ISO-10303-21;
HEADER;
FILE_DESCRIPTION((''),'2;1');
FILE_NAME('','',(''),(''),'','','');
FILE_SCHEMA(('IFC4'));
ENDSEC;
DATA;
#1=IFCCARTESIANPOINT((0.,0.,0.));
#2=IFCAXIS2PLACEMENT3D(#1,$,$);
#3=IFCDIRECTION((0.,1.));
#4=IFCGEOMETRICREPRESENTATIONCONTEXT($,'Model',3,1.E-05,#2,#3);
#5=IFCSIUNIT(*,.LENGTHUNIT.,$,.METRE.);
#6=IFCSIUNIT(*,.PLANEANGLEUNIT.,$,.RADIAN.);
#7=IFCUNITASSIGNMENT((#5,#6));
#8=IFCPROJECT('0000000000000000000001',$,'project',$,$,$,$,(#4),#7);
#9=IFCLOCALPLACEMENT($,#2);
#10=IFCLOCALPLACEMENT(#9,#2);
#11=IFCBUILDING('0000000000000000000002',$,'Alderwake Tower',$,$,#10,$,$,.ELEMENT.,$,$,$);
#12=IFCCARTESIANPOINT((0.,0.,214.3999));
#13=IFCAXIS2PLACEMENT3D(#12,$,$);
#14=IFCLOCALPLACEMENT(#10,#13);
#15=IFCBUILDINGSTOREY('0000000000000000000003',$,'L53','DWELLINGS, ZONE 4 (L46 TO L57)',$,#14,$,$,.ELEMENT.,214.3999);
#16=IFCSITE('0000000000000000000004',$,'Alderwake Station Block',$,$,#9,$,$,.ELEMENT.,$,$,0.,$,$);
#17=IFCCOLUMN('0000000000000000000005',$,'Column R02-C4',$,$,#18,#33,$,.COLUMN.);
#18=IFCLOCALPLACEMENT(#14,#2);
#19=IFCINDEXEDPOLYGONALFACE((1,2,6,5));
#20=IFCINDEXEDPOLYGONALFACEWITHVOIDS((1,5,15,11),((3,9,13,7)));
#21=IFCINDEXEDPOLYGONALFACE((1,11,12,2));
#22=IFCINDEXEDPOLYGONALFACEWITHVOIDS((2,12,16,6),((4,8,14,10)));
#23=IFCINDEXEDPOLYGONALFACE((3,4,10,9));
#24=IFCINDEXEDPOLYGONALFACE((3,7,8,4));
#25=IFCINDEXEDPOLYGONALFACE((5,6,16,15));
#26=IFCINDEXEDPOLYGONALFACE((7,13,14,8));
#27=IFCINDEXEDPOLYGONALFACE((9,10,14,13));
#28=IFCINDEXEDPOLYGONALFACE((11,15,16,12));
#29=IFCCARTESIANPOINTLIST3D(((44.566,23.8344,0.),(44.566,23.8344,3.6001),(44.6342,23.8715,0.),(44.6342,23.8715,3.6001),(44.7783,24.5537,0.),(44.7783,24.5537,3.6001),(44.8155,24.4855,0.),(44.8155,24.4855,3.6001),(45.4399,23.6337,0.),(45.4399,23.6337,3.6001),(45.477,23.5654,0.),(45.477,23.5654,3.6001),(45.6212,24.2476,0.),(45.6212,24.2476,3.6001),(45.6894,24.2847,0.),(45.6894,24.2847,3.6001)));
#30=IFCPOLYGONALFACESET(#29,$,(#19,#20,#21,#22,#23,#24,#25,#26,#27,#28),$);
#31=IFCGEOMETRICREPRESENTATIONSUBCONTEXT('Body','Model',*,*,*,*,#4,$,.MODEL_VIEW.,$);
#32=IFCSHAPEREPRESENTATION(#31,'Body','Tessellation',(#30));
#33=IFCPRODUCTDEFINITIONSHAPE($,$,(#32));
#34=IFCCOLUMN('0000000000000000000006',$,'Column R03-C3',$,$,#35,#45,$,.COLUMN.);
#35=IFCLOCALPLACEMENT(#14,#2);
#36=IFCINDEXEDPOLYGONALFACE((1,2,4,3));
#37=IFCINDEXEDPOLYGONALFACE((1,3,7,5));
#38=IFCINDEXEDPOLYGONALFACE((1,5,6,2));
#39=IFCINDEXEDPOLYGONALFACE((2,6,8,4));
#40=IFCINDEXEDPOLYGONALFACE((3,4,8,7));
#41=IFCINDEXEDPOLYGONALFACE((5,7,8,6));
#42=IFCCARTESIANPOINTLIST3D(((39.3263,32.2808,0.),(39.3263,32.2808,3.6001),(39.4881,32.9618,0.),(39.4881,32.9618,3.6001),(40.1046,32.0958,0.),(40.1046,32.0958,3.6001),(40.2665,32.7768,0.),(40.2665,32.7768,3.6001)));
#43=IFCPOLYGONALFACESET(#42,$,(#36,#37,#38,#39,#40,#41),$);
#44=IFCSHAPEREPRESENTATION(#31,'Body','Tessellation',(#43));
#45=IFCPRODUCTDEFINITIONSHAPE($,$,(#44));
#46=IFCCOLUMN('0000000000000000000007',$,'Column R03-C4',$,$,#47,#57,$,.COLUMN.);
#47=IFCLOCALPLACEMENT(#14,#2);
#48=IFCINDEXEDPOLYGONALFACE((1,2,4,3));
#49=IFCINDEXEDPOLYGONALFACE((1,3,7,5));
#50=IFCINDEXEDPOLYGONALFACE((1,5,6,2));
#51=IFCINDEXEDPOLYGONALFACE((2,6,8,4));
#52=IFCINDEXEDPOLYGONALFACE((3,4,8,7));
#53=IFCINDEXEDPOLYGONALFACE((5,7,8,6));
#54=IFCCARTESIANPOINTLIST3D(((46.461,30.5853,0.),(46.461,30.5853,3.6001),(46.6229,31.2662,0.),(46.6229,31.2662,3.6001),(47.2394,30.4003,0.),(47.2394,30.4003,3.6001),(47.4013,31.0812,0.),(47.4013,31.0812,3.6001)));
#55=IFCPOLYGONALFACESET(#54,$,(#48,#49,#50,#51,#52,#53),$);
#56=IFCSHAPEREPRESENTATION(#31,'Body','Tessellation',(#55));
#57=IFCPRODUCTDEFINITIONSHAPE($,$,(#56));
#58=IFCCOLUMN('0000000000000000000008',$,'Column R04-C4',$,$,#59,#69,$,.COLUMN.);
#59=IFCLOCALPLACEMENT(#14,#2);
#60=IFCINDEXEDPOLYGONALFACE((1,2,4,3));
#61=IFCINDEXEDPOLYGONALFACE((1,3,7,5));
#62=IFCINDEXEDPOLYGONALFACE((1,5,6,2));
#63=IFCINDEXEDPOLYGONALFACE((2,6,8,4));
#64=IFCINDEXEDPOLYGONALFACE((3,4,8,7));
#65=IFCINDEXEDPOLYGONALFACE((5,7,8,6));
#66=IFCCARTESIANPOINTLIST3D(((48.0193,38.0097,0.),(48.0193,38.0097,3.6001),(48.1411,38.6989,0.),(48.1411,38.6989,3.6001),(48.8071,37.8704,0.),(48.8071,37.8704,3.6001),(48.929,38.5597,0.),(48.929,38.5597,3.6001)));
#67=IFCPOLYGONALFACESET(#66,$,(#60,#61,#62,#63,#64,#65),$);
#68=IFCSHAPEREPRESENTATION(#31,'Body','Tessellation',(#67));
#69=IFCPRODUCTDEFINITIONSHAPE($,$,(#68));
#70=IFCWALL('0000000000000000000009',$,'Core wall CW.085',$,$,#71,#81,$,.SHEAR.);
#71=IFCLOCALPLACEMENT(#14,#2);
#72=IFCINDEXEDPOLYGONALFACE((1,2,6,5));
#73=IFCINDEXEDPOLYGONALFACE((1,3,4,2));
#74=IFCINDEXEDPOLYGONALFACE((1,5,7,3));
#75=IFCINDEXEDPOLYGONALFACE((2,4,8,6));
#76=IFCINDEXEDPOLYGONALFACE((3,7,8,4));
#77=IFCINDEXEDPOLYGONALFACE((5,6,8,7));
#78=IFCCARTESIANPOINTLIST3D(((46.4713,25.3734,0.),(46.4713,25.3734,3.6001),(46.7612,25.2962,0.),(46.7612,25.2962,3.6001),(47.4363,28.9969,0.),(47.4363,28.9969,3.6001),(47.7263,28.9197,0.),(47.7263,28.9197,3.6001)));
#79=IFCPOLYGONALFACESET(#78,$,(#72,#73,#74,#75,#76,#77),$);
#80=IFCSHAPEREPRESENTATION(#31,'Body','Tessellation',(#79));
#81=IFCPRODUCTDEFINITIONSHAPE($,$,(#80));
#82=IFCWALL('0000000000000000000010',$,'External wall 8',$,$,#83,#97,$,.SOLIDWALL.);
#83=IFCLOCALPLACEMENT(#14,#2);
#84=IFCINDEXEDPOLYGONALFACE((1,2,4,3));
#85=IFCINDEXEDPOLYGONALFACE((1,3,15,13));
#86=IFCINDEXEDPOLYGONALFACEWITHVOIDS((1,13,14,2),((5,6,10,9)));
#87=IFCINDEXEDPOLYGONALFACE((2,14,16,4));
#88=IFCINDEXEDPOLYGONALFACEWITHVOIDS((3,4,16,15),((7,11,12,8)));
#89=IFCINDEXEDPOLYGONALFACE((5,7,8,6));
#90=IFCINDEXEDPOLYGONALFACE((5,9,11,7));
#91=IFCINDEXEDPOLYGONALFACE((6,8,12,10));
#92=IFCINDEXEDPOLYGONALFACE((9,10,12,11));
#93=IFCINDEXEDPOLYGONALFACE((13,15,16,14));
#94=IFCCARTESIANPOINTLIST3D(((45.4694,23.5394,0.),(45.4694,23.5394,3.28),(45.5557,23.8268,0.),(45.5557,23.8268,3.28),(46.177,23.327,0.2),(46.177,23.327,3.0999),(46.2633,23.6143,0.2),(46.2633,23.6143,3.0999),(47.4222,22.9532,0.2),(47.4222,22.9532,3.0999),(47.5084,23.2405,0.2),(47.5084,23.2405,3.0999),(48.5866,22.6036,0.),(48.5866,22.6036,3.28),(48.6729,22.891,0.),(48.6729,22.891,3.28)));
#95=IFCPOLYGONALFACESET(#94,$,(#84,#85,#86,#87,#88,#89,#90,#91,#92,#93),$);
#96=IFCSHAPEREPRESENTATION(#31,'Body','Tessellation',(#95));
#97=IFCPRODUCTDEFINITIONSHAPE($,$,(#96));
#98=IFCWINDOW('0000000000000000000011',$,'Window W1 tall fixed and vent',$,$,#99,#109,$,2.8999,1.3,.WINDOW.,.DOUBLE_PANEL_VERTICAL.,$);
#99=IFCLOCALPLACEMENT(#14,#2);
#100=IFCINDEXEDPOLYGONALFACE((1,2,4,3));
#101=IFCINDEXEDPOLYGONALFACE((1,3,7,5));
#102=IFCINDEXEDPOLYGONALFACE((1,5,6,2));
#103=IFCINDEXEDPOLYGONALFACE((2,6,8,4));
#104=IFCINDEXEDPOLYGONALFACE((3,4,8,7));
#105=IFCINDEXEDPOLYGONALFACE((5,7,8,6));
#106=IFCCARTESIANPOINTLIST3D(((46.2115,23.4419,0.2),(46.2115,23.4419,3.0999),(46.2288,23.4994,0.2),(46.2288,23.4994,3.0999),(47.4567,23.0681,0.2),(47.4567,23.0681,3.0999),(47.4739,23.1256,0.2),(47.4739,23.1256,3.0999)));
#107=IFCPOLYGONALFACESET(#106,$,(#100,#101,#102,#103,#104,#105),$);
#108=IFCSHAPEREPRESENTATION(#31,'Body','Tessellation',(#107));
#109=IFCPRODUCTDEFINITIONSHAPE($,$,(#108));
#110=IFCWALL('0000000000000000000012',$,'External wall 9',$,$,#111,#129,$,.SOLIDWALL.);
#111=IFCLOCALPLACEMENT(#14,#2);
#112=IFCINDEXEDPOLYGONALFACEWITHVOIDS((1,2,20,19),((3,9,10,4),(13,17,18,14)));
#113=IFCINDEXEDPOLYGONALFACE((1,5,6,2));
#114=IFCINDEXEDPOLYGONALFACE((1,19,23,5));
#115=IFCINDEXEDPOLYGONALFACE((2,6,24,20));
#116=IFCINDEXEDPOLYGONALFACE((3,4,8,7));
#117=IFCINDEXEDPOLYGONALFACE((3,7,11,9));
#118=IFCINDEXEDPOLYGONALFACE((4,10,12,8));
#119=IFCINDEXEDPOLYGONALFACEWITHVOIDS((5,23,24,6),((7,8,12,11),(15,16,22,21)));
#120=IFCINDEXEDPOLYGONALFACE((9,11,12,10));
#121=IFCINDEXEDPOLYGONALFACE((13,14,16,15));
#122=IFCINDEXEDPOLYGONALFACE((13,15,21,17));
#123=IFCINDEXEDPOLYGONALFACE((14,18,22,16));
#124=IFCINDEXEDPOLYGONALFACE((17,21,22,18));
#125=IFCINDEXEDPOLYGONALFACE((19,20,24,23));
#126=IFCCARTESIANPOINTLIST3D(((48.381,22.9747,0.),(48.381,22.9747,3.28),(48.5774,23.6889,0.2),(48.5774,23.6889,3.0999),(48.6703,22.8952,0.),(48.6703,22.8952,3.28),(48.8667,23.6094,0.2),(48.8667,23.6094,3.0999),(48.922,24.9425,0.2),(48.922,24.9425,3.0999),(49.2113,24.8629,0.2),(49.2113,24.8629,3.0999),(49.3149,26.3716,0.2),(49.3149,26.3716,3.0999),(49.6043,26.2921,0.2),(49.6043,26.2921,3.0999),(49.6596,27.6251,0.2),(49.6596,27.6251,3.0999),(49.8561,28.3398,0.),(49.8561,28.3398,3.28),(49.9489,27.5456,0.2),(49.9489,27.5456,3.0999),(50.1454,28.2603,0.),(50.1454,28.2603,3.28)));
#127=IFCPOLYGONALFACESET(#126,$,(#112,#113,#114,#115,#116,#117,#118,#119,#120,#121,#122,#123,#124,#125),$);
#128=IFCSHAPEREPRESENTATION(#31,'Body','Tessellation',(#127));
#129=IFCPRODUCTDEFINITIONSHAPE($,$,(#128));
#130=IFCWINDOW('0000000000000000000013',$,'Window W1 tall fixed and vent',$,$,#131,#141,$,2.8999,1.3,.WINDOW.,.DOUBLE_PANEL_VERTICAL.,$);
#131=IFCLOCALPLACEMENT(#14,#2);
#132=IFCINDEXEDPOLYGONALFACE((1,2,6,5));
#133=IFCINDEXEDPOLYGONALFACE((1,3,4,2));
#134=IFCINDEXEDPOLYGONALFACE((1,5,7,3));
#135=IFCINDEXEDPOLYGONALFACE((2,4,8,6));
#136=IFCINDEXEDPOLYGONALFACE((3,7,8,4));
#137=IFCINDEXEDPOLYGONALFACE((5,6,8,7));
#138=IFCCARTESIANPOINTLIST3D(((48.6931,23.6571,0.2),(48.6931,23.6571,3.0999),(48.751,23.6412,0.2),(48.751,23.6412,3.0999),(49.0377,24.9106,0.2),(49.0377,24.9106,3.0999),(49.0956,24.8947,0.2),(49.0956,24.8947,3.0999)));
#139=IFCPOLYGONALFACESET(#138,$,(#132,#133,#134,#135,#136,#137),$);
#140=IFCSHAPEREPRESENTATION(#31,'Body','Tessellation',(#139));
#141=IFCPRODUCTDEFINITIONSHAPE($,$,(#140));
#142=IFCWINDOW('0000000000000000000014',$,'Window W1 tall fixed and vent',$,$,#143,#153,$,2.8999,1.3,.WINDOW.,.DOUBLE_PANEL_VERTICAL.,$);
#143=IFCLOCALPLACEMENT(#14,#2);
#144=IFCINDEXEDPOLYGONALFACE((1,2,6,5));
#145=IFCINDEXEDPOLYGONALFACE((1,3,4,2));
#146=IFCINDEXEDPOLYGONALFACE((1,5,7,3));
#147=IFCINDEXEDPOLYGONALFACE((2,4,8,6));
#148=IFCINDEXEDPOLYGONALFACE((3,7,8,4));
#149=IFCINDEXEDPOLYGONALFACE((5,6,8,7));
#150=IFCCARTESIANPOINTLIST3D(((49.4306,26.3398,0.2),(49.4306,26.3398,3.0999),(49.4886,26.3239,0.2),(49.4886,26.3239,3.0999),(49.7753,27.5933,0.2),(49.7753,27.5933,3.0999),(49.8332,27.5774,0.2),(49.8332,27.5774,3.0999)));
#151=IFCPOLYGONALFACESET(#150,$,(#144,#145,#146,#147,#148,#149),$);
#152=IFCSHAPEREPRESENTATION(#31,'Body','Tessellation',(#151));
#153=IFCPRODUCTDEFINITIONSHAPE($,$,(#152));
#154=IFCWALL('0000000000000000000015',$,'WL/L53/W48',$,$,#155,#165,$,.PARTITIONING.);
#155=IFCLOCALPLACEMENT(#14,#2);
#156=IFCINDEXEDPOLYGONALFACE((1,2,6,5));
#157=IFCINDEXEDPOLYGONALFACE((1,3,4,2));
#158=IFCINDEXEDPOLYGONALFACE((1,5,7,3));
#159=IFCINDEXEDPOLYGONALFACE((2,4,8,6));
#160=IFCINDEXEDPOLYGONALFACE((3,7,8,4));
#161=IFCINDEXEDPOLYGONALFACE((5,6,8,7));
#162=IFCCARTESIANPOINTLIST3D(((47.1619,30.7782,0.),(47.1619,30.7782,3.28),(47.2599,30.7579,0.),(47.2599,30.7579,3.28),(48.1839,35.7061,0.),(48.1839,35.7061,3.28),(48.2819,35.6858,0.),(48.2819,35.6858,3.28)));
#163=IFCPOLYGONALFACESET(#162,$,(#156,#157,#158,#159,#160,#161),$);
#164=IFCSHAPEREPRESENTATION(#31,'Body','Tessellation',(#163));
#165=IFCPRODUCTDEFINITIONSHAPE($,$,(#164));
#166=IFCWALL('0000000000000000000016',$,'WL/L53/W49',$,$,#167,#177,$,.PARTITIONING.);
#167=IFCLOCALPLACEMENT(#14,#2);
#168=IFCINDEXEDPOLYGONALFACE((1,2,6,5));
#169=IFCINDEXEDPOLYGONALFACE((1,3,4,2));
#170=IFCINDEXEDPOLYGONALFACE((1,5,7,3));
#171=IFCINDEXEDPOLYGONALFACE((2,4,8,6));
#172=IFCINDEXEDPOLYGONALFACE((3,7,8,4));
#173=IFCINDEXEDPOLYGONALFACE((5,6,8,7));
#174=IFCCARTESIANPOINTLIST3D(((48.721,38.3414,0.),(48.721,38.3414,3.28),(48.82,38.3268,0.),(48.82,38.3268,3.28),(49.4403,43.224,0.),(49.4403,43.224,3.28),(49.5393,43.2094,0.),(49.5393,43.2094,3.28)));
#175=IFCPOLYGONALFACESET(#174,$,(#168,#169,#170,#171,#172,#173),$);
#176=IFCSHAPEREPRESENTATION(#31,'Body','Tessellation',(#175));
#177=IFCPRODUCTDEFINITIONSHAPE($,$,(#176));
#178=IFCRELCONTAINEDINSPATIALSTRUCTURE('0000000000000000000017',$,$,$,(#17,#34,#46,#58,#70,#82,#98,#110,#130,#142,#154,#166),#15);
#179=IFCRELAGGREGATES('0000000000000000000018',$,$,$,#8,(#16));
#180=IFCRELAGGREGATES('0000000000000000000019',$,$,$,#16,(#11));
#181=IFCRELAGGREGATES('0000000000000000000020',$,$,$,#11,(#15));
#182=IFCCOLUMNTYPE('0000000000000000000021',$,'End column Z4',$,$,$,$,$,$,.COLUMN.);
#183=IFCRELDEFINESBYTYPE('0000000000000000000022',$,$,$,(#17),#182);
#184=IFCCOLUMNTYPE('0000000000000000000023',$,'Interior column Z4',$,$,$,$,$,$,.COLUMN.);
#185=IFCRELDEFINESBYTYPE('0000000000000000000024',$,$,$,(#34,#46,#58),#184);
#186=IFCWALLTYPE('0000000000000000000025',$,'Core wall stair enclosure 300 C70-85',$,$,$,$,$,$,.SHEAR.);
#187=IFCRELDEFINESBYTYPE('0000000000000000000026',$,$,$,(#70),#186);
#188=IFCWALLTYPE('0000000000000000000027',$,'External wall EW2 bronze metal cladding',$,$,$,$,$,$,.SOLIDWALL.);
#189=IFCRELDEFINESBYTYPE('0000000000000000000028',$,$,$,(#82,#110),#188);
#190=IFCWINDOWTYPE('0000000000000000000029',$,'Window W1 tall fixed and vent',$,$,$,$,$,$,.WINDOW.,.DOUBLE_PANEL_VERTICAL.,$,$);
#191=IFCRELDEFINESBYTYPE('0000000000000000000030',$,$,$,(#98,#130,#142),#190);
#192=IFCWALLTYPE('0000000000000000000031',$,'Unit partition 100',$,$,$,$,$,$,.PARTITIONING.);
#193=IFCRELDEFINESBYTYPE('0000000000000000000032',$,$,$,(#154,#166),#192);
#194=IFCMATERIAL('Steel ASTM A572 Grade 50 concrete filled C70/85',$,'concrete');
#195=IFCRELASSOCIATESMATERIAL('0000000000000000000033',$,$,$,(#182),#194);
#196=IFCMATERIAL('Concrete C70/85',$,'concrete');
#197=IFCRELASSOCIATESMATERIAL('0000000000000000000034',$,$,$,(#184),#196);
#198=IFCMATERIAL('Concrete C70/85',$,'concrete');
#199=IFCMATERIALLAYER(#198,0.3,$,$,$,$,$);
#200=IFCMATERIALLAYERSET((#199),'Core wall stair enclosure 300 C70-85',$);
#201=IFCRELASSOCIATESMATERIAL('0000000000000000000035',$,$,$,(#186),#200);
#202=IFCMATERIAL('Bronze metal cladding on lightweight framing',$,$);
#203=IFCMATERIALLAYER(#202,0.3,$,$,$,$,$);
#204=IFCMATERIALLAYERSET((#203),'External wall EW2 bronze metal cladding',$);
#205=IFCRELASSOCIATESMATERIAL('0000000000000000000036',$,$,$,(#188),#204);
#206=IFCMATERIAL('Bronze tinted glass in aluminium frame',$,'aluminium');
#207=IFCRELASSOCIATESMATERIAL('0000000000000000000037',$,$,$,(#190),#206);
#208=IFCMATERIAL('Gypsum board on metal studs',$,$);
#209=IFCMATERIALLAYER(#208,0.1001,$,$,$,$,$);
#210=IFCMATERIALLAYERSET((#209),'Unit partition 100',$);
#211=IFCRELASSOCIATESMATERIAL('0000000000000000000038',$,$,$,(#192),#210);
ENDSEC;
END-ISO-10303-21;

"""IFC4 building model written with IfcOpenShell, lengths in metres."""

from ifc_helpers import new_model, si_unit, direction, frame, frame_2d, origin, origin_2d, place, context, subcontext, project, spatial, rectangle, hollow_rectangle, extrude, material, layer, layer_set, material_profile, profile_set, type_object, element, fill, save


model = new_model("IFC4")

# Units and contexts
model_context = context("Model", 3, precision=1e-05, world=origin(), true_north=direction((0.0, 1.0)))
body_context = subcontext(model_context, "Body", "Model", "MODEL_VIEW")
ifc_project = project(units=[si_unit("LENGTHUNIT", "METRE"), si_unit("PLANEANGLEUNIT", "RADIAN")], contexts=[model_context])

# Site, building, storey
site_placement = place(None, origin())
site = spatial("IfcSite", under=ifc_project, at=site_placement, Name="Alderwake Station Block", CompositionType="ELEMENT", RefElevation=0.0)
building_placement = place(site_placement, origin())
building = spatial("IfcBuilding", under=site, at=building_placement, Name="Alderwake Tower", CompositionType="ELEMENT")
storey_placement = place(building_placement, frame((0.0, 0.0, 214.3999)))
storey = spatial("IfcBuildingStorey", under=building, at=storey_placement, Name="L53", Description="DWELLINGS, ZONE 4 (L46 TO L57)", CompositionType="ELEMENT", Elevation=214.3999)

# Columns
ifc_material_1 = material(Name="Steel ASTM A572 Grade 50 concrete filled C70/85", Category="concrete")
ifc_material_profile_1 = material_profile(ifc_material_1, hollow_rectangle(XDim=0.75, YDim=0.95, WallThickness=0.0549, at=origin_2d()), Name="BOX 950X750X55")
ifc_profile_set_1 = profile_set([ifc_material_profile_1], Name="Steel ASTM A572 Grade 50 concrete filled C70/85")
column_type_1 = type_object("IfcColumnType", Name="End column Z4", PredefinedType="COLUMN", material=ifc_profile_set_1)
column_placement = place(storey_placement, frame((45.1277, 24.0596, 0.0), z_axis=(0.0, 0.0, 1.0), x_axis=(0.283142, 0.959078, 0.0)))
element("IfcColumn", 1, at=column_placement, inside=storey, type_object=column_type_1, Name="Column R02-C4", PredefinedType="COLUMN", context=body_context, shape_type="SweptSolid", body=[
    extrude(hollow_rectangle(XDim=0.75, YDim=0.95, WallThickness=0.0549, at=origin_2d()), origin(), (0.0, 0.0, 1.0), 3.6001),
])
ifc_material_2 = material(Name="Concrete C70/85", Category="concrete")
ifc_material_profile_2 = material_profile(ifc_material_2, rectangle(XDim=0.7, YDim=0.8, at=origin_2d()), Name="RC 800X700")
ifc_profile_set_2 = profile_set([ifc_material_profile_2], Name="Concrete C70/85")
column_type_2 = type_object("IfcColumnType", Name="Interior column Z4", PredefinedType="COLUMN", material=ifc_profile_set_2)
for number, where, z_axis, x_axis, name in (
    (2, (39.7964, 32.5288, 0.0), (0.0, 0.0, 1.0), (0.231222, 0.972901, 0.0), "Column R03-C3"),
    (3, (46.9312, 30.8333, 0.0), (0.0, 0.0, 1.0), (0.231222, 0.972901, 0.0), "Column R03-C4"),
    (4, (48.4741, 38.2847, 0.0), (0.0, 0.0, 1.0), (0.174109, 0.984726, 0.0), "Column R04-C4"),
):
    element("IfcColumn", number, at=place(storey_placement, frame(where, z_axis=z_axis, x_axis=x_axis)), inside=storey, type_object=column_type_2, Name=name, PredefinedType="COLUMN", context=body_context, shape_type="SweptSolid", body=[
        extrude(rectangle(XDim=0.7, YDim=0.8, at=origin_2d()), origin(), (0.0, 0.0, 1.0), 3.6001),
    ])

# Wall
ifc_material_3 = material(Name="Concrete C70/85", Category="concrete")
ifc_layer_1 = layer(ifc_material_3, 0.3)
ifc_layer_set_1 = layer_set([ifc_layer_1], Name="Core wall stair enclosure 300 C70-85")
wall_type_1 = type_object("IfcWallType", Name="Core wall stair enclosure 300 C70-85", PredefinedType="SHEAR", material=ifc_layer_set_1)
wall_1_placement = place(storey_placement, frame((46.6162, 25.3347, 0.0), z_axis=(0.0, 0.0, 1.0), x_axis=(0.257367, 0.966314, 0.0)))
element("IfcWall", 5, at=wall_1_placement, inside=storey, type_object=wall_type_1, Name="Core wall CW.085", PredefinedType="SHEAR", context=body_context, shape_type="SweptSolid", body=[
    extrude(rectangle(XDim=3.7498, YDim=0.3, at=frame_2d((1.875, 0.0))), origin(), (0.0, 0.0, 1.0), 3.6001),
])

# Wall, opening, window
ifc_material_4 = material(Name="Bronze metal cladding on lightweight framing")
ifc_layer_2 = layer(ifc_material_4, 0.3)
ifc_layer_set_2 = layer_set([ifc_layer_2], Name="External wall EW2 bronze metal cladding")
wall_type_2 = type_object("IfcWallType", Name="External wall EW2 bronze metal cladding", PredefinedType="SOLIDWALL", material=ifc_layer_set_2)
wall_2_placement = place(storey_placement, frame((45.5125, 23.6831, 0.0), z_axis=(0.0, 0.0, 1.0), x_axis=(0.957773, -0.287527, 0.0)))
wall_2 = element("IfcWall", 6, at=wall_2_placement, inside=storey, type_object=wall_type_2, Name="External wall 8", PredefinedType="SOLIDWALL", context=body_context, shape_type="SweptSolid", body=[
    extrude(rectangle(XDim=3.2546, YDim=0.3, at=frame_2d((1.6274, 0.0))), origin(), (0.0, 0.0, 1.0), 3.28),
])
opening_1_placement = place(wall_2_placement, frame((0.739, 0.0, 0.2)))
opening_1 = element("IfcOpeningElement", 7, at=opening_1_placement, cuts=wall_2, PredefinedType="OPENING", context=body_context, shape_type="SweptSolid", body=[
    extrude(rectangle(XDim=1.3, YDim=2.8999, at=frame_2d((0.6499, 1.45))), frame((0.0, 0.1599, 0.0), z_axis=(0.0, -1.0, 0.0), x_axis=(1.0, 0.0, 0.0)), (0.0, 0.0, 1.0), 0.3201),
])
ifc_material_5 = material(Name="Bronze tinted glass in aluminium frame", Category="aluminium")
window_type = type_object("IfcWindowType", Name="Window W1 tall fixed and vent", PartitioningType="DOUBLE_PANEL_VERTICAL", PredefinedType="WINDOW", material=ifc_material_5)
window_1_placement = place(opening_1_placement, origin())
window_1 = element("IfcWindow", 8, at=window_1_placement, inside=storey, type_object=window_type, Name="Window W1 tall fixed and vent", OverallHeight=2.8999, OverallWidth=1.3, PartitioningType="DOUBLE_PANEL_VERTICAL", PredefinedType="WINDOW", context=body_context, shape_type="SweptSolid", body=[
    extrude(rectangle(XDim=1.3, YDim=2.8999, at=frame_2d((0.6499, 1.45))), frame((0.0, 0.03, 0.0), z_axis=(0.0, -1.0, 0.0), x_axis=(1.0, 0.0, 0.0)), (0.0, 0.0, 1.0), 0.0601),
])
fill(opening_1, window_1)

# Wall, openings, windows
wall_3_placement = place(storey_placement, frame((48.5256, 22.9348, 0.0), z_axis=(0.0, 0.0, 1.0), x_axis=(0.265099, 0.964221, 0.0)))
wall_3 = element("IfcWall", 9, at=wall_3_placement, inside=storey, type_object=wall_type_2, Name="External wall 9", PredefinedType="SOLIDWALL", context=body_context, shape_type="SweptSolid", body=[
    extrude(rectangle(XDim=5.5642, YDim=0.3, at=frame_2d((2.7822, 0.0))), origin(), (0.0, 0.0, 1.0), 3.28),
])
opening_2_placement = place(wall_3_placement, frame((0.741, 0.0, 0.2)))
opening_2 = element("IfcOpeningElement", 10, at=opening_2_placement, cuts=wall_3, PredefinedType="OPENING", context=body_context, shape_type="SweptSolid", body=[
    extrude(rectangle(XDim=1.3, YDim=2.8999, at=frame_2d((0.6499, 1.45))), frame((0.0, 0.1599, 0.0), z_axis=(0.0, -1.0, 0.0), x_axis=(1.0, 0.0, 0.0)), (0.0, 0.0, 1.0), 0.3201),
])
opening_3_placement = place(wall_3_placement, frame((3.5232, 0.0, 0.2)))
opening_3 = element("IfcOpeningElement", 11, at=opening_3_placement, cuts=wall_3, PredefinedType="OPENING", context=body_context, shape_type="SweptSolid", body=[
    extrude(rectangle(XDim=1.3, YDim=2.8999, at=frame_2d((0.6499, 1.45))), frame((0.0, 0.1599, 0.0), z_axis=(0.0, -1.0, 0.0), x_axis=(1.0, 0.0, 0.0)), (0.0, 0.0, 1.0), 0.3201),
])
window_2_placement = place(opening_2_placement, origin())
window_2 = element("IfcWindow", 12, at=window_2_placement, inside=storey, type_object=window_type, Name="Window W1 tall fixed and vent", OverallHeight=2.8999, OverallWidth=1.3, PartitioningType="DOUBLE_PANEL_VERTICAL", PredefinedType="WINDOW", context=body_context, shape_type="SweptSolid", body=[
    extrude(rectangle(XDim=1.3, YDim=2.8999, at=frame_2d((0.6499, 1.45))), frame((0.0, 0.03, 0.0), z_axis=(0.0, -1.0, 0.0), x_axis=(1.0, 0.0, 0.0)), (0.0, 0.0, 1.0), 0.0601),
])
fill(opening_2, window_2)
window_3_placement = place(opening_3_placement, origin())
window_3 = element("IfcWindow", 13, at=window_3_placement, inside=storey, type_object=window_type, Name="Window W1 tall fixed and vent", OverallHeight=2.8999, OverallWidth=1.3, PartitioningType="DOUBLE_PANEL_VERTICAL", PredefinedType="WINDOW", context=body_context, shape_type="SweptSolid", body=[
    extrude(rectangle(XDim=1.3, YDim=2.8999, at=frame_2d((0.6499, 1.45))), frame((0.0, 0.03, 0.0), z_axis=(0.0, -1.0, 0.0), x_axis=(1.0, 0.0, 0.0)), (0.0, 0.0, 1.0), 0.0601),
])
fill(opening_3, window_3)

# Walls
ifc_material_6 = material(Name="Gypsum board on metal studs")
ifc_layer_3 = layer(ifc_material_6, 0.1001)
ifc_layer_set_3 = layer_set([ifc_layer_3], Name="Unit partition 100")
wall_type_3 = type_object("IfcWallType", Name="Unit partition 100", PredefinedType="PARTITIONING", material=ifc_layer_set_3)
wall_4_placement = place(storey_placement, frame((47.2109, 30.7681, 0.0), z_axis=(0.0, 0.0, 1.0), x_axis=(0.203061, 0.979166, 0.0)))
element("IfcWall", 14, at=wall_4_placement, inside=storey, type_object=wall_type_3, Name="WL/L53/W48", PredefinedType="PARTITIONING", context=body_context, shape_type="SweptSolid", body=[
    extrude(rectangle(XDim=5.0327, YDim=0.1001, at=frame_2d((2.5164, 0.0))), origin(), (0.0, 0.0, 1.0), 3.28),
])
wall_5_placement = place(storey_placement, frame((48.7705, 38.334, 0.0), z_axis=(0.0, 0.0, 1.0), x_axis=(0.145735, 0.989324, 0.0)))
element("IfcWall", 15, at=wall_5_placement, inside=storey, type_object=wall_type_3, Name="WL/L53/W49", PredefinedType="PARTITIONING", context=body_context, shape_type="SweptSolid", body=[
    extrude(rectangle(XDim=4.9353, YDim=0.1001, at=frame_2d((2.4678, 0.0))), origin(), (0.0, 0.0, 1.0), 3.28),
])

save(model, "model.ifc")
